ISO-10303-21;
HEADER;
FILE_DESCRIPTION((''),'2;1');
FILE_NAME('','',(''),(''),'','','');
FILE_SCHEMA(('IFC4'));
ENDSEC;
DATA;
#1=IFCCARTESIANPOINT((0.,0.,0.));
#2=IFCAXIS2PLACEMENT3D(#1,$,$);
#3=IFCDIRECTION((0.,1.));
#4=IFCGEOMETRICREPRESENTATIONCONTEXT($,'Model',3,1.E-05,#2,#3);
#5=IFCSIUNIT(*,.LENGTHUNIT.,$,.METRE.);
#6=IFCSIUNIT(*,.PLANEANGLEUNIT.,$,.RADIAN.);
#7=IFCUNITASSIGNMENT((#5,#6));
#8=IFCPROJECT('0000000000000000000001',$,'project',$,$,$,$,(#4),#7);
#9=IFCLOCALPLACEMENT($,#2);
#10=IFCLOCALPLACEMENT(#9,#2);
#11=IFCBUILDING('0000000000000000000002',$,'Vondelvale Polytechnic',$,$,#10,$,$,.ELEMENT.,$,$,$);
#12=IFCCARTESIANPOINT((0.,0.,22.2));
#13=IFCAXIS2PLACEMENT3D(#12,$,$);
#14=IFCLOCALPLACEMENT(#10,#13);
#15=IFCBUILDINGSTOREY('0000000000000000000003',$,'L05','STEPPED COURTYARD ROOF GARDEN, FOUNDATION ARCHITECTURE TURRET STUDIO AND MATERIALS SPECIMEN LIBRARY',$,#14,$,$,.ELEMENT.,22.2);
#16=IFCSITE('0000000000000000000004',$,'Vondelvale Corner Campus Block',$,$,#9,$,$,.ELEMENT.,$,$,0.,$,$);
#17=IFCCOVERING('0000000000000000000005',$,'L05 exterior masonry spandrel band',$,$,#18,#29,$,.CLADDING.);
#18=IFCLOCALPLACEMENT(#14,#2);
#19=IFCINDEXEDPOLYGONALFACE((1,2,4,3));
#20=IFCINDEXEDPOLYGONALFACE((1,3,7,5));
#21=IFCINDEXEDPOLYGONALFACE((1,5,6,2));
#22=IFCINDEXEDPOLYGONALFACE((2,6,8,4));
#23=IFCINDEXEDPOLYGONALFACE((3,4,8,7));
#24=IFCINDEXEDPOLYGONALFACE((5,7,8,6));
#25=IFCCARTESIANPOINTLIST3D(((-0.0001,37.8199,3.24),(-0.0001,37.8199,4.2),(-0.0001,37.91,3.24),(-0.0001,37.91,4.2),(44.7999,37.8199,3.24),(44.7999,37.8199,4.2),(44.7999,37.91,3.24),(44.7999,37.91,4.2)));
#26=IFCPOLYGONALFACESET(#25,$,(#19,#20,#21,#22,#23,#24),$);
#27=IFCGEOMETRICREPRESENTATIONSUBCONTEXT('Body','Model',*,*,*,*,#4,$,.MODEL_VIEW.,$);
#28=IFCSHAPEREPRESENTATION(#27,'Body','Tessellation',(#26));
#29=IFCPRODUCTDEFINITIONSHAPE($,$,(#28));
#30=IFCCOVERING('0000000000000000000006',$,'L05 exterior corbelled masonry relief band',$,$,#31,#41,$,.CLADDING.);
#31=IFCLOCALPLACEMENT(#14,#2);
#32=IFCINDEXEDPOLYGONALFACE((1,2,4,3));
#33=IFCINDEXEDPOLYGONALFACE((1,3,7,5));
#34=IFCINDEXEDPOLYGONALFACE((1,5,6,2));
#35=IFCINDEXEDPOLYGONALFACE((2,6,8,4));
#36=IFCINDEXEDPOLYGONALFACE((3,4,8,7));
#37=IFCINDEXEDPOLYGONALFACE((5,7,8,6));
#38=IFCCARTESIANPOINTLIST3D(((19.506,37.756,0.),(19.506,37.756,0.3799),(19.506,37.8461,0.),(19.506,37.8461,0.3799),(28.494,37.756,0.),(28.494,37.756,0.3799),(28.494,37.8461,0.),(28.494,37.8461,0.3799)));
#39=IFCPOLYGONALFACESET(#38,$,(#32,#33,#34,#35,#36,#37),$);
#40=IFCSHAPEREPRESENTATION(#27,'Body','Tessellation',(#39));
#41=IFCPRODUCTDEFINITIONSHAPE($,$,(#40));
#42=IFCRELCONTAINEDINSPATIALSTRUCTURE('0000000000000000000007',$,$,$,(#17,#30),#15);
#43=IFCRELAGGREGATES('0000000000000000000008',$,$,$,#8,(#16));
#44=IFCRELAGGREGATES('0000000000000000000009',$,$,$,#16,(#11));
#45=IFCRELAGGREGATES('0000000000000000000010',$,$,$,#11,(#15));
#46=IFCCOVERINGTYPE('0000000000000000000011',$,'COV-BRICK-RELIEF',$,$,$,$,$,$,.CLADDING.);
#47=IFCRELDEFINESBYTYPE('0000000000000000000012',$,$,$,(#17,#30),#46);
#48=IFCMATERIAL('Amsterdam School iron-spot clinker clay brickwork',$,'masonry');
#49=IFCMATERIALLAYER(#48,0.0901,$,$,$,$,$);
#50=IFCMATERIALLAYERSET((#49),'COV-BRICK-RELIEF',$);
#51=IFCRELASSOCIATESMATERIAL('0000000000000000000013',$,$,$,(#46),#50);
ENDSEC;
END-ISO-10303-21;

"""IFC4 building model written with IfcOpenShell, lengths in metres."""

from ifc_helpers import new_model, si_unit, direction, frame, origin, origin_2d, place, context, subcontext, project, spatial, rectangle, extrude, material, layer, layer_set, type_object, element, save


model = new_model("IFC4")

# Units and contexts
model_context = context("Model", 3, precision=1e-05, world=origin(), true_north=direction((0.0, 1.0)))
body_context = subcontext(model_context, "Body", "Model", "MODEL_VIEW")
ifc_project = project(units=[si_unit("LENGTHUNIT", "METRE"), si_unit("PLANEANGLEUNIT", "RADIAN")], contexts=[model_context])

# Site, building, storey
site_placement = place(None, origin())
site = spatial("IfcSite", under=ifc_project, at=site_placement, Name="Vondelvale Corner Campus Block", CompositionType="ELEMENT", RefElevation=0.0)
building_placement = place(site_placement, origin())
building = spatial("IfcBuilding", under=site, at=building_placement, Name="Vondelvale Polytechnic", CompositionType="ELEMENT")
storey_placement = place(building_placement, frame((0.0, 0.0, 22.2)))
storey = spatial("IfcBuildingStorey", under=building, at=storey_placement, Name="L05", Description="STEPPED COURTYARD ROOF GARDEN, FOUNDATION ARCHITECTURE TURRET STUDIO AND MATERIALS SPECIMEN LIBRARY", CompositionType="ELEMENT", Elevation=22.2)

# Shared definitions
ifc_material_1 = material(Name="Amsterdam School iron-spot clinker clay brickwork", Category="masonry")

# Coverings
ifc_layer_1 = layer(ifc_material_1, 0.0901)
ifc_layer_set_1 = layer_set([ifc_layer_1], Name="COV-BRICK-RELIEF")
covering_type = type_object("IfcCoveringType", Name="COV-BRICK-RELIEF", PredefinedType="CLADDING", material=ifc_layer_set_1)
covering_1_placement = place(storey_placement, frame((22.3999, 37.865, 3.24), z_axis=(0.0, 0.0, 1.0), x_axis=(1.0, 0.0, 0.0)))
element("IfcCovering", 1, at=covering_1_placement, inside=storey, type_object=covering_type, Name="L05 exterior masonry spandrel band", PredefinedType="CLADDING", context=body_context, shape_type="SweptSolid", body=[
    extrude(rectangle(XDim=44.8, YDim=0.0901, at=origin_2d()), origin(), (0.0, 0.0, 1.0), 0.96),
])
covering_2_placement = place(storey_placement, frame((24.0, 37.801, 0.0), z_axis=(0.0, 0.0, 1.0), x_axis=(1.0, 0.0, 0.0)))
element("IfcCovering", 2, at=covering_2_placement, inside=storey, type_object=covering_type, Name="L05 exterior corbelled masonry relief band", PredefinedType="CLADDING", context=body_context, shape_type="SweptSolid", body=[
    extrude(rectangle(XDim=8.988, YDim=0.0901, at=origin_2d()), origin(), (0.0, 0.0, 1.0), 0.3799),
])

save(model, "model.ifc")
